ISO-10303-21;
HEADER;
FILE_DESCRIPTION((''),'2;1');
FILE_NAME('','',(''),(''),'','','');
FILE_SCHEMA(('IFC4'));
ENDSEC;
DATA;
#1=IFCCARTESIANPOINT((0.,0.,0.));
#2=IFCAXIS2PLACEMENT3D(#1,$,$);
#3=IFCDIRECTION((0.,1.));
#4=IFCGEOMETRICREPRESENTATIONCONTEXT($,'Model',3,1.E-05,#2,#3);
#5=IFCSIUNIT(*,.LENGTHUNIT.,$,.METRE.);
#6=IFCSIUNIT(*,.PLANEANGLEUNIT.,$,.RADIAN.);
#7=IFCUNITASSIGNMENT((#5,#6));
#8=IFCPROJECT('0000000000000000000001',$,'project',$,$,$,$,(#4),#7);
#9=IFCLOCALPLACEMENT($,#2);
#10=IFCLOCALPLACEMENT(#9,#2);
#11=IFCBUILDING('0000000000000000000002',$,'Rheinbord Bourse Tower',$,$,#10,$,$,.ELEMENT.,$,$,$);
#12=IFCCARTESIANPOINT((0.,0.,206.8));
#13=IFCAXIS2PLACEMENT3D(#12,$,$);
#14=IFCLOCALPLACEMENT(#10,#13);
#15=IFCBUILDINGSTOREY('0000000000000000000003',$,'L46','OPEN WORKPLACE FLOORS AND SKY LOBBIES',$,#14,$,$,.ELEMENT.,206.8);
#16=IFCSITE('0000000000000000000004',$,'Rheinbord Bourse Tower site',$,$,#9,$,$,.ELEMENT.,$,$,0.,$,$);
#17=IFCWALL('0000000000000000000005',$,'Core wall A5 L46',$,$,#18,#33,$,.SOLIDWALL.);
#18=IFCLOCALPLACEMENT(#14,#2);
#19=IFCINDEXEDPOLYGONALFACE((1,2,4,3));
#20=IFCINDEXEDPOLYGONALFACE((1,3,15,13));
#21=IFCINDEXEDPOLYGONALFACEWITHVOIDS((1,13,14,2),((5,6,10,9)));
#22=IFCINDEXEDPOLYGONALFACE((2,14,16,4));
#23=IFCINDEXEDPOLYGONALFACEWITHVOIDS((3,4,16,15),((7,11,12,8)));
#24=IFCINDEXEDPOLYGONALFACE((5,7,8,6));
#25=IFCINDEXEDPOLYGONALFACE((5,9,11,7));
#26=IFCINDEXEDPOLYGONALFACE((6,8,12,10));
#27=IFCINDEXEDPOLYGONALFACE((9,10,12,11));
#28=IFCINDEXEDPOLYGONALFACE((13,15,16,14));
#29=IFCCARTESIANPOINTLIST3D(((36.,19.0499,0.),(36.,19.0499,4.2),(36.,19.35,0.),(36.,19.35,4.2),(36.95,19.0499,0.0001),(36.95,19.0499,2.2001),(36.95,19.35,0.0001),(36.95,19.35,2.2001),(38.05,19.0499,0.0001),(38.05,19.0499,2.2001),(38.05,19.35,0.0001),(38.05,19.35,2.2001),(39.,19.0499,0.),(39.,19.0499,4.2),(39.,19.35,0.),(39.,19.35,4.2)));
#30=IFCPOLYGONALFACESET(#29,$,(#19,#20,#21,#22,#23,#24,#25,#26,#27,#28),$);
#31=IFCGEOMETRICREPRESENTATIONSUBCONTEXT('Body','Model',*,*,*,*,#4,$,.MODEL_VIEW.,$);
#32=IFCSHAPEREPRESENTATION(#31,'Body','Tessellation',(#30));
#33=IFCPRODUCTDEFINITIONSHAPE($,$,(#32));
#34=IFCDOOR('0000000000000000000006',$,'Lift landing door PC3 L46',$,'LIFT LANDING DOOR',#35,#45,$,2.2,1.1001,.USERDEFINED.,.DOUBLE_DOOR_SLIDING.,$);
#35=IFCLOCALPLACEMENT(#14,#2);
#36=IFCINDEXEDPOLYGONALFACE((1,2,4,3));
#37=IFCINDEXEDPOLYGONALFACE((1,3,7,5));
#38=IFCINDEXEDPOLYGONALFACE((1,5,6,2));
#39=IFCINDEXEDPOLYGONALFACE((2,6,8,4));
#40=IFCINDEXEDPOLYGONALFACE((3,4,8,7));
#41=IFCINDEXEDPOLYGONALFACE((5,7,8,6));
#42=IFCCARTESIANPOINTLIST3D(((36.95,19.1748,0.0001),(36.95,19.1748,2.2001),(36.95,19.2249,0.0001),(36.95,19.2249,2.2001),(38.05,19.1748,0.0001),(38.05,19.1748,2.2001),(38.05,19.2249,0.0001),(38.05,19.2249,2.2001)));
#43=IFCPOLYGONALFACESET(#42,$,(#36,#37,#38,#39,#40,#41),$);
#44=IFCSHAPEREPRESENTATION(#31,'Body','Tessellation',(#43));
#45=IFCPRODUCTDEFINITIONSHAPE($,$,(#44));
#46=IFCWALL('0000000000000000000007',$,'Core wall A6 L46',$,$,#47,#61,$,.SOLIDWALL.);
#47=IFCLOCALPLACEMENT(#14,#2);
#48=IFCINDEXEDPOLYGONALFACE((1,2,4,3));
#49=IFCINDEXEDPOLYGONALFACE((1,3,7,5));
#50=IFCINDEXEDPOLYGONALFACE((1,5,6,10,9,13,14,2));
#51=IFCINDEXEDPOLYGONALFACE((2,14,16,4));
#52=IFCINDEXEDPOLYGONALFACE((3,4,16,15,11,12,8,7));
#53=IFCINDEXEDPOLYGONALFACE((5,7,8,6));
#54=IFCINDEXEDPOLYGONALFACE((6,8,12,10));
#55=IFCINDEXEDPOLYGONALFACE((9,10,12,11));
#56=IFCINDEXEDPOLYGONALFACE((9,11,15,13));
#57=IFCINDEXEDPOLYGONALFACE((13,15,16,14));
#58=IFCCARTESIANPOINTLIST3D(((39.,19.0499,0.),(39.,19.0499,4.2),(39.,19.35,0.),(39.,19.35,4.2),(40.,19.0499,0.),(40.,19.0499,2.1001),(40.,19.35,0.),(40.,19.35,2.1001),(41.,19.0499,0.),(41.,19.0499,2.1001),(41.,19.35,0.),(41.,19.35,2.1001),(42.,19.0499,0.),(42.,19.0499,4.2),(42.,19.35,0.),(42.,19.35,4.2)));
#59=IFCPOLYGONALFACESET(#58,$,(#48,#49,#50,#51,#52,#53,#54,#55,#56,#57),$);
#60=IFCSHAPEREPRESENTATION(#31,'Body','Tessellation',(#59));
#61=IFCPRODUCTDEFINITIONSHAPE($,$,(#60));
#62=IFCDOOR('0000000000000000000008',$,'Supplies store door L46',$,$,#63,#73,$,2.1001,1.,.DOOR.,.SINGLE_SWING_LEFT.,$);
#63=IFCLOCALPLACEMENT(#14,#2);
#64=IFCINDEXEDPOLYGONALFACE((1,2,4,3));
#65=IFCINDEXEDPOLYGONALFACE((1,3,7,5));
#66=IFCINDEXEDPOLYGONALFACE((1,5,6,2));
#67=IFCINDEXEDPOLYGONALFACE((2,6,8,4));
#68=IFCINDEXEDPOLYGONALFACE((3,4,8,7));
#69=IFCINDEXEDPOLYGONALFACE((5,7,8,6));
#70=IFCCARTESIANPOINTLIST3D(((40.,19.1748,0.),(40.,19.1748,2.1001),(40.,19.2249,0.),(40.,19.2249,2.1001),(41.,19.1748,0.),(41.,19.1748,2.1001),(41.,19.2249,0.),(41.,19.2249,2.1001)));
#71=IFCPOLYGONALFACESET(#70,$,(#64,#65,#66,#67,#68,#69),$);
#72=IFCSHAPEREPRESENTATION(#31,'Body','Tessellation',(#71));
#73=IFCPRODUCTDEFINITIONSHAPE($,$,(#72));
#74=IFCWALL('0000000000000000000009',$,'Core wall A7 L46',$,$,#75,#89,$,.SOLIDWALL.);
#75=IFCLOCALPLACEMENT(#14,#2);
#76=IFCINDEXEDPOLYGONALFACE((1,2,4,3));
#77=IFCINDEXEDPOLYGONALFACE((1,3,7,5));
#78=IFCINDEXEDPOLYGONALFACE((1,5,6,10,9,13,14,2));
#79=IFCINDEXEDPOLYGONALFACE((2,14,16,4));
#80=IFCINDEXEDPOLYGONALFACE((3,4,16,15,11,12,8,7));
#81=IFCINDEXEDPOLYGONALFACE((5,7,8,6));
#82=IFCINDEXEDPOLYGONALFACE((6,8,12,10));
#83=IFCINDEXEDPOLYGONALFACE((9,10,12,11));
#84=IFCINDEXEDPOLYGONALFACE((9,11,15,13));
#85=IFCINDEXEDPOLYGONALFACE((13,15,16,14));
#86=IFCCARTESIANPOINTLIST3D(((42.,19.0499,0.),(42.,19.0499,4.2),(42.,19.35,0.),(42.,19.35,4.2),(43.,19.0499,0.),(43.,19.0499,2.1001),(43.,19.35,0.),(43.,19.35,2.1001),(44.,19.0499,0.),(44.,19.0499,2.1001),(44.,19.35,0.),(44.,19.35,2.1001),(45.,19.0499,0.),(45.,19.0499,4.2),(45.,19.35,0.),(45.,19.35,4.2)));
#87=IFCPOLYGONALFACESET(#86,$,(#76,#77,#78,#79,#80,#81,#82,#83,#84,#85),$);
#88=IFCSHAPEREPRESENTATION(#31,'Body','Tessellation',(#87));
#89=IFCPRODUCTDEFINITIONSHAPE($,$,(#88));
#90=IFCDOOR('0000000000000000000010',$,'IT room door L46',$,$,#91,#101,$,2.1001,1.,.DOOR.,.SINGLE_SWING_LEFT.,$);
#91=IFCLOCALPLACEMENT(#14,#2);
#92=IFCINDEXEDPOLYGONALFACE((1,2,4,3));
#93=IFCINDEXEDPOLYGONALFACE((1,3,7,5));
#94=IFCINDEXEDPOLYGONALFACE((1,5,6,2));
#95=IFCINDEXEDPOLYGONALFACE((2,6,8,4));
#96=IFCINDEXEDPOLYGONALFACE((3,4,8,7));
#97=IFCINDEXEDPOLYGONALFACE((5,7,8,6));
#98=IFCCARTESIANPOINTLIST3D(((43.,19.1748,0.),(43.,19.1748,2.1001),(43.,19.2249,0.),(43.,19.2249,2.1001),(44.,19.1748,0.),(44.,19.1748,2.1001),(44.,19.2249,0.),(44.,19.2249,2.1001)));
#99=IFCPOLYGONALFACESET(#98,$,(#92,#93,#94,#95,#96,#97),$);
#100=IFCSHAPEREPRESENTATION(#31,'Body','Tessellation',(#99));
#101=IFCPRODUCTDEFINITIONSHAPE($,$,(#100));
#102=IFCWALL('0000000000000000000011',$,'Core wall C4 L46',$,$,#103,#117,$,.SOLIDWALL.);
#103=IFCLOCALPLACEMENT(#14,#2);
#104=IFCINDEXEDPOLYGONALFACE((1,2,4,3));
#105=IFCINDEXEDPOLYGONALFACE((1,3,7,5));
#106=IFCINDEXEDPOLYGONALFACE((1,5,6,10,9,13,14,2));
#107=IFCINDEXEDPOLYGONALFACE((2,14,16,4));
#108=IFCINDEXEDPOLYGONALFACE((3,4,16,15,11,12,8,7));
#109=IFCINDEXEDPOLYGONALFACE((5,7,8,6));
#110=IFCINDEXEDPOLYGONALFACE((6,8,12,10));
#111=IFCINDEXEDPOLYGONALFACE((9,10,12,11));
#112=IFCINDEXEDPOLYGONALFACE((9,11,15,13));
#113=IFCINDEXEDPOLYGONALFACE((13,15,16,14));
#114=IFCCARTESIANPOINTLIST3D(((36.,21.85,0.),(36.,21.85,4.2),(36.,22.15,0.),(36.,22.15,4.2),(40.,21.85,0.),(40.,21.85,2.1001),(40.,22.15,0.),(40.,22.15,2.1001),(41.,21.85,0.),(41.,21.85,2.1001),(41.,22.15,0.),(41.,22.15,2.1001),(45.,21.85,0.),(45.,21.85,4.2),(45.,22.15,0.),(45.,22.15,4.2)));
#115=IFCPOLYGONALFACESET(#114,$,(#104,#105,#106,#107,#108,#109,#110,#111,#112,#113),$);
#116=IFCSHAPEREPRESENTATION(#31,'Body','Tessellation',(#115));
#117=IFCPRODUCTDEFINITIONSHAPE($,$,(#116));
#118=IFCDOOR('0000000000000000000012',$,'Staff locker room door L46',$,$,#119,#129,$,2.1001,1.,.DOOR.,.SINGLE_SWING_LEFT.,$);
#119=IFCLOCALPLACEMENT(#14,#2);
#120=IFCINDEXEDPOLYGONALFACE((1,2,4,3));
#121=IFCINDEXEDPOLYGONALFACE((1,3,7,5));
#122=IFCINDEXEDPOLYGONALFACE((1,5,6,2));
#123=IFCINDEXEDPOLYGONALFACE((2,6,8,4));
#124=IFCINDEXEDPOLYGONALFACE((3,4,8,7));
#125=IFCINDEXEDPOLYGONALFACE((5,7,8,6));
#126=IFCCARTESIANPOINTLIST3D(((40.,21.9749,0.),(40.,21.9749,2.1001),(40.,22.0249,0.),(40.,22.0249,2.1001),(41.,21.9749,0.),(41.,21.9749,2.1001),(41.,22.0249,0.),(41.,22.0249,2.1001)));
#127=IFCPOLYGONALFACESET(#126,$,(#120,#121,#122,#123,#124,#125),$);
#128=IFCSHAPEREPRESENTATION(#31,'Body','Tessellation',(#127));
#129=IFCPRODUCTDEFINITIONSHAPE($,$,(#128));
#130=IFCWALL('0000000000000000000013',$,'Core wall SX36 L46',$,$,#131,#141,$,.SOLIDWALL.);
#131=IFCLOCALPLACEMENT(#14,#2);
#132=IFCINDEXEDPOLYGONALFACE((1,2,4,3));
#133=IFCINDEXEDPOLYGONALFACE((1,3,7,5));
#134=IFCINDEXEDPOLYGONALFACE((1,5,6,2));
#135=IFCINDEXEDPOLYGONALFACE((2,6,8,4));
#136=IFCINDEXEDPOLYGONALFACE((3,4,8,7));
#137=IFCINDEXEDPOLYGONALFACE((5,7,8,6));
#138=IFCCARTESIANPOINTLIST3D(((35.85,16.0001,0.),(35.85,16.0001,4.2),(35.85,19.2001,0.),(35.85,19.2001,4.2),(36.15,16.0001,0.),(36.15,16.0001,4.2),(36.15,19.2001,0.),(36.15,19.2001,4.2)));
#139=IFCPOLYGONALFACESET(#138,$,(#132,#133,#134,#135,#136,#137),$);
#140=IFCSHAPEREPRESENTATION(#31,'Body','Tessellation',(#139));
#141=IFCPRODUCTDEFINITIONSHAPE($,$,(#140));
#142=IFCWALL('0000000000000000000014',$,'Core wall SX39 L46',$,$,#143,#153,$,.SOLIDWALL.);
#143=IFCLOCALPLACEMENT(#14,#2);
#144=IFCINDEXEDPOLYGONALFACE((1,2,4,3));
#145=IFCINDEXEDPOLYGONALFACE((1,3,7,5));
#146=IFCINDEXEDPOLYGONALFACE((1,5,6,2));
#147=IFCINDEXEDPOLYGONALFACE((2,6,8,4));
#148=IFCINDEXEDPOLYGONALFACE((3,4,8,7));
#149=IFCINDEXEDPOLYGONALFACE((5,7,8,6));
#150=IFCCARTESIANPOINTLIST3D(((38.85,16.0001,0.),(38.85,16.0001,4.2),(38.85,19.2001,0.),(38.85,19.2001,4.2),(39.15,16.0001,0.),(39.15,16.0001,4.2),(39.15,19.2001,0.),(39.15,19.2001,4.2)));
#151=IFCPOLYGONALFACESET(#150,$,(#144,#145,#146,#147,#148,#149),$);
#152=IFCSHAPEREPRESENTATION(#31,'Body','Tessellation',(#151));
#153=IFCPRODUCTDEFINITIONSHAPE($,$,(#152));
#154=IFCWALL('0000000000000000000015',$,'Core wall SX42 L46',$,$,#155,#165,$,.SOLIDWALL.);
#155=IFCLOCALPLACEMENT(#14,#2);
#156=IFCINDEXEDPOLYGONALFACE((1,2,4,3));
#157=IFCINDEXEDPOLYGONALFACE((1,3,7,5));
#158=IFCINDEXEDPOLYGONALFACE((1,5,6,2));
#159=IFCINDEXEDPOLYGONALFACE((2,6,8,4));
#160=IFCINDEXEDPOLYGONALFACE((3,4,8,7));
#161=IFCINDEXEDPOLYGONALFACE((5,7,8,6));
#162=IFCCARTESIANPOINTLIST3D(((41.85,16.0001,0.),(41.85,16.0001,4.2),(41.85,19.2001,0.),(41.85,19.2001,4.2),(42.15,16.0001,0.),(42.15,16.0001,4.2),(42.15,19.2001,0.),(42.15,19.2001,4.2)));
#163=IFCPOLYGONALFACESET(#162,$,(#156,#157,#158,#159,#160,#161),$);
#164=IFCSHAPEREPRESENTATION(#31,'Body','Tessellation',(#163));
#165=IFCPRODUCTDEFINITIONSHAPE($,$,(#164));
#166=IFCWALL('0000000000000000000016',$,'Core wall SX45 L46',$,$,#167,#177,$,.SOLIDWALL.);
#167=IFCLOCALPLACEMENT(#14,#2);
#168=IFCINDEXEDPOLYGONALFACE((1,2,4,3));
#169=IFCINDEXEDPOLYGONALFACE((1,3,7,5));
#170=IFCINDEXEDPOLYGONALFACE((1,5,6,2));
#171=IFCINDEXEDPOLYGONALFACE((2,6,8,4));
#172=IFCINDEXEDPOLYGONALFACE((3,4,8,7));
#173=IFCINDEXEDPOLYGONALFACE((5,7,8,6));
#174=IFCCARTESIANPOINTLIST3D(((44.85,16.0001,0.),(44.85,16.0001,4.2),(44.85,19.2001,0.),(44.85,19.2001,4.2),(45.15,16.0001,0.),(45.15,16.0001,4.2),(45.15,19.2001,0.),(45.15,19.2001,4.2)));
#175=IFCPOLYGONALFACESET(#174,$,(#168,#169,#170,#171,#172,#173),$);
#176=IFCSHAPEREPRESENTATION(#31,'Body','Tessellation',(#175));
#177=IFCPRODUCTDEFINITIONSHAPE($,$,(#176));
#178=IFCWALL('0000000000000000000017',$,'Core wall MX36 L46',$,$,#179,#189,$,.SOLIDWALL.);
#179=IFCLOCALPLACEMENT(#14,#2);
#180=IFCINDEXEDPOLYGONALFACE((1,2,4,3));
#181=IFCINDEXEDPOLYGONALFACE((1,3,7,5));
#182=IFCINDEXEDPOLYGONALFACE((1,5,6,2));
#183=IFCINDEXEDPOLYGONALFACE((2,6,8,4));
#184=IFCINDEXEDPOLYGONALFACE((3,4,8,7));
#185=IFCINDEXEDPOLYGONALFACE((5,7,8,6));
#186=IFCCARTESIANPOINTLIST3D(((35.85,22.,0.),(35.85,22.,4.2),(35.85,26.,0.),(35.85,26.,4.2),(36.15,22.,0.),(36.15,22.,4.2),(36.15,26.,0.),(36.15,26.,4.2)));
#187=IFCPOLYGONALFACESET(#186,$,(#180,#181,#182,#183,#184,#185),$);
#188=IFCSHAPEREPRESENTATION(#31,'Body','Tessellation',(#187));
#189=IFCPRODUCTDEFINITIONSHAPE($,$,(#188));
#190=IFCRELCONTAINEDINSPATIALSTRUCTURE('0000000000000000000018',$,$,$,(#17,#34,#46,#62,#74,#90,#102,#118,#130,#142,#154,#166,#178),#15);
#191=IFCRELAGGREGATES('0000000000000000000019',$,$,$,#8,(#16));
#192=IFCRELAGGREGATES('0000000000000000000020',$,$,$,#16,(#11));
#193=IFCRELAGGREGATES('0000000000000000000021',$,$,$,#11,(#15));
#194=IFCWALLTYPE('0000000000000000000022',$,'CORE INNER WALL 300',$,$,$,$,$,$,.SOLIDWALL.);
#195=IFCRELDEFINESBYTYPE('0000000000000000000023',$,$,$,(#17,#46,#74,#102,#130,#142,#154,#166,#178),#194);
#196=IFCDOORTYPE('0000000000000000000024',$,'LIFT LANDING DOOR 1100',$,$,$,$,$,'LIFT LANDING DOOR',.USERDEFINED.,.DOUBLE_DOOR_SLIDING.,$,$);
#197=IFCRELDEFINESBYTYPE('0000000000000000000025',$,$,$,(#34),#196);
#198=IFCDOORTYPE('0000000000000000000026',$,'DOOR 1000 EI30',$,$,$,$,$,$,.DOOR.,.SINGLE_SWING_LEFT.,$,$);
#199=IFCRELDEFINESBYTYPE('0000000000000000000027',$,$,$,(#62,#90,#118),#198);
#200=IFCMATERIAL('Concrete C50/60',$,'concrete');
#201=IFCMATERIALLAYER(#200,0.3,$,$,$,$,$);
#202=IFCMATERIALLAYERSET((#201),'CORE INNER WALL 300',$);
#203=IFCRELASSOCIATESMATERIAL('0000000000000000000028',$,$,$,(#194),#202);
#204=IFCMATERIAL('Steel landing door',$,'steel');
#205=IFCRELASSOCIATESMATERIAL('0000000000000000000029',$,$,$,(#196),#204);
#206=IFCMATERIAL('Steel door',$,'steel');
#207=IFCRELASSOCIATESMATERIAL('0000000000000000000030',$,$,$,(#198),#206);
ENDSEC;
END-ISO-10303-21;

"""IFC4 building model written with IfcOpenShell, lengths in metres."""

from ifc_helpers import new_model, si_unit, direction, frame, frame_2d, origin, place, context, subcontext, project, spatial, rectangle, extrude, material, layer, layer_set, type_object, element, fill, save


model = new_model("IFC4")

# Units and contexts
model_context = context("Model", 3, precision=1e-05, world=origin(), true_north=direction((0.0, 1.0)))
body_context = subcontext(model_context, "Body", "Model", "MODEL_VIEW")
ifc_project = project(units=[si_unit("LENGTHUNIT", "METRE"), si_unit("PLANEANGLEUNIT", "RADIAN")], contexts=[model_context])

# Site, building, storey
site_placement = place(None, origin())
site = spatial("IfcSite", under=ifc_project, at=site_placement, Name="Rheinbord Bourse Tower site", CompositionType="ELEMENT", RefElevation=0.0)
building_placement = place(site_placement, origin())
building = spatial("IfcBuilding", under=site, at=building_placement, Name="Rheinbord Bourse Tower", CompositionType="ELEMENT")
storey_placement = place(building_placement, frame((0.0, 0.0, 206.8)))
storey = spatial("IfcBuildingStorey", under=building, at=storey_placement, Name="L46", Description="OPEN WORKPLACE FLOORS AND SKY LOBBIES", CompositionType="ELEMENT", Elevation=206.8)

# Walls, openings, doors
ifc_material_1 = material(Name="Concrete C50/60", Category="concrete")
ifc_layer_1 = layer(ifc_material_1, 0.3)
ifc_layer_set_1 = layer_set([ifc_layer_1], Name="CORE INNER WALL 300")
wall_type_1 = type_object("IfcWallType", Name="CORE INNER WALL 300", PredefinedType="SOLIDWALL", material=ifc_layer_set_1)
wall_1_placement = place(storey_placement, frame((36.0, 19.2, 0.0), z_axis=(0.0, 0.0, 1.0), x_axis=(1.0, 0.0, 0.0)))
wall_1 = element("IfcWall", 1, at=wall_1_placement, inside=storey, type_object=wall_type_1, Name="Core wall A5 L46", PredefinedType="SOLIDWALL", context=body_context, shape_type="SweptSolid", body=[
    extrude(rectangle(XDim=3.0, YDim=0.3, at=frame_2d((1.5, 0.0))), origin(), (0.0, 0.0, 1.0), 4.2),
])
opening_1_placement = place(wall_1_placement, frame((0.95, 0.0, 0.0)))
opening_1 = element("IfcOpeningElement", 2, at=opening_1_placement, cuts=wall_1, PredefinedType="OPENING", context=body_context, shape_type="SweptSolid", body=[
    extrude(rectangle(XDim=1.1001, YDim=2.2, at=frame_2d((0.55, 1.1001))), frame((0.0, 0.1599, 0.0), z_axis=(0.0, -1.0, 0.0), x_axis=(1.0, 0.0, 0.0)), (0.0, 0.0, 1.0), 0.3201),
])
ifc_material_2 = material(Name="Steel landing door", Category="steel")
door_type_1 = type_object("IfcDoorType", Name="LIFT LANDING DOOR 1100", ElementType="LIFT LANDING DOOR", OperationType="DOUBLE_DOOR_SLIDING", PredefinedType="USERDEFINED", material=ifc_material_2)
door_1_placement = place(opening_1_placement, origin())
door_1 = element("IfcDoor", 3, at=door_1_placement, inside=storey, type_object=door_type_1, Name="Lift landing door PC3 L46", ObjectType="LIFT LANDING DOOR", OperationType="DOUBLE_DOOR_SLIDING", OverallHeight=2.2, OverallWidth=1.1001, PredefinedType="USERDEFINED", context=body_context, shape_type="SweptSolid", body=[
    extrude(rectangle(XDim=1.1001, YDim=2.2, at=frame_2d((0.55, 1.1001))), frame((0.0, 0.0249, 0.0), z_axis=(0.0, -1.0, 0.0), x_axis=(1.0, 0.0, 0.0)), (0.0, 0.0, 1.0), 0.05),
])
fill(opening_1, door_1)
wall_2_placement = place(storey_placement, frame((39.0, 19.2, 0.0), z_axis=(0.0, 0.0, 1.0), x_axis=(1.0, 0.0, 0.0)))
wall_2 = element("IfcWall", 4, at=wall_2_placement, inside=storey, type_object=wall_type_1, Name="Core wall A6 L46", PredefinedType="SOLIDWALL", context=body_context, shape_type="SweptSolid", body=[
    extrude(rectangle(XDim=3.0, YDim=0.3, at=frame_2d((1.5, 0.0))), origin(), (0.0, 0.0, 1.0), 4.2),
])
opening_2_placement = place(wall_2_placement, frame((1.0, 0.0, 0.0)))
opening_2 = element("IfcOpeningElement", 5, at=opening_2_placement, cuts=wall_2, PredefinedType="OPENING", context=body_context, shape_type="SweptSolid", body=[
    extrude(rectangle(XDim=1.0, YDim=2.1001, at=frame_2d((0.5, 1.05))), frame((0.0, 0.1599, 0.0), z_axis=(0.0, -1.0, 0.0), x_axis=(1.0, 0.0, 0.0)), (0.0, 0.0, 1.0), 0.3201),
])
ifc_material_3 = material(Name="Steel door", Category="steel")
door_type_2 = type_object("IfcDoorType", Name="DOOR 1000 EI30", OperationType="SINGLE_SWING_LEFT", PredefinedType="DOOR", material=ifc_material_3)
door_2_placement = place(opening_2_placement, origin())
door_2 = element("IfcDoor", 6, at=door_2_placement, inside=storey, type_object=door_type_2, Name="Supplies store door L46", OperationType="SINGLE_SWING_LEFT", OverallHeight=2.1001, OverallWidth=1.0, PredefinedType="DOOR", context=body_context, shape_type="SweptSolid", body=[
    extrude(rectangle(XDim=1.0, YDim=2.1001, at=frame_2d((0.5, 1.05))), frame((0.0, 0.0249, 0.0), z_axis=(0.0, -1.0, 0.0), x_axis=(1.0, 0.0, 0.0)), (0.0, 0.0, 1.0), 0.05),
])
fill(opening_2, door_2)
wall_3_placement = place(storey_placement, frame((42.0, 19.2, 0.0), z_axis=(0.0, 0.0, 1.0), x_axis=(1.0, 0.0, 0.0)))
wall_3 = element("IfcWall", 7, at=wall_3_placement, inside=storey, type_object=wall_type_1, Name="Core wall A7 L46", PredefinedType="SOLIDWALL", context=body_context, shape_type="SweptSolid", body=[
    extrude(rectangle(XDim=3.0, YDim=0.3, at=frame_2d((1.5, 0.0))), origin(), (0.0, 0.0, 1.0), 4.2),
])
opening_3_placement = place(wall_3_placement, frame((1.0, 0.0, 0.0)))
opening_3 = element("IfcOpeningElement", 8, at=opening_3_placement, cuts=wall_3, PredefinedType="OPENING", context=body_context, shape_type="SweptSolid", body=[
    extrude(rectangle(XDim=1.0, YDim=2.1001, at=frame_2d((0.5, 1.05))), frame((0.0, 0.1599, 0.0), z_axis=(0.0, -1.0, 0.0), x_axis=(1.0, 0.0, 0.0)), (0.0, 0.0, 1.0), 0.3201),
])
door_3_placement = place(opening_3_placement, origin())
door_3 = element("IfcDoor", 9, at=door_3_placement, inside=storey, type_object=door_type_2, Name="IT room door L46", OperationType="SINGLE_SWING_LEFT", OverallHeight=2.1001, OverallWidth=1.0, PredefinedType="DOOR", context=body_context, shape_type="SweptSolid", body=[
    extrude(rectangle(XDim=1.0, YDim=2.1001, at=frame_2d((0.5, 1.05))), frame((0.0, 0.0249, 0.0), z_axis=(0.0, -1.0, 0.0), x_axis=(1.0, 0.0, 0.0)), (0.0, 0.0, 1.0), 0.05),
])
fill(opening_3, door_3)
wall_4_placement = place(storey_placement, frame((36.0, 22.0, 0.0), z_axis=(0.0, 0.0, 1.0), x_axis=(1.0, 0.0, 0.0)))
wall_4 = element("IfcWall", 10, at=wall_4_placement, inside=storey, type_object=wall_type_1, Name="Core wall C4 L46", PredefinedType="SOLIDWALL", context=body_context, shape_type="SweptSolid", body=[
    extrude(rectangle(XDim=9.0, YDim=0.3, at=frame_2d((4.5, 0.0))), origin(), (0.0, 0.0, 1.0), 4.2),
])
opening_4_placement = place(wall_4_placement, frame((4.0, 0.0, 0.0)))
opening_4 = element("IfcOpeningElement", 11, at=opening_4_placement, cuts=wall_4, PredefinedType="OPENING", context=body_context, shape_type="SweptSolid", body=[
    extrude(rectangle(XDim=1.0, YDim=2.1001, at=frame_2d((0.5, 1.05))), frame((0.0, 0.1599, 0.0), z_axis=(0.0, -1.0, 0.0), x_axis=(1.0, 0.0, 0.0)), (0.0, 0.0, 1.0), 0.3201),
])
door_4_placement = place(opening_4_placement, origin())
door_4 = element("IfcDoor", 12, at=door_4_placement, inside=storey, type_object=door_type_2, Name="Staff locker room door L46", OperationType="SINGLE_SWING_LEFT", OverallHeight=2.1001, OverallWidth=1.0, PredefinedType="DOOR", context=body_context, shape_type="SweptSolid", body=[
    extrude(rectangle(XDim=1.0, YDim=2.1001, at=frame_2d((0.5, 1.05))), frame((0.0, 0.0249, 0.0), z_axis=(0.0, -1.0, 0.0), x_axis=(1.0, 0.0, 0.0)), (0.0, 0.0, 1.0), 0.05),
])
fill(opening_4, door_4)

# Walls
for number, where, z_axis, x_axis, name in (
    (13, (36.0, 16.0, 0.0), (0.0, 0.0, 1.0), (0.0, 1.0, 0.0), "Core wall SX36 L46"),
    (14, (39.0, 16.0, 0.0), (0.0, 0.0, 1.0), (0.0, 1.0, 0.0), "Core wall SX39 L46"),
    (15, (42.0, 16.0, 0.0), (0.0, 0.0, 1.0), (0.0, 1.0, 0.0), "Core wall SX42 L46"),
    (16, (45.0, 16.0, 0.0), (0.0, 0.0, 1.0), (0.0, 1.0, 0.0), "Core wall SX45 L46"),
):
    element("IfcWall", number, at=place(storey_placement, frame(where, z_axis=z_axis, x_axis=x_axis)), inside=storey, type_object=wall_type_1, Name=name, PredefinedType="SOLIDWALL", context=body_context, shape_type="SweptSolid", body=[
        extrude(rectangle(XDim=3.2, YDim=0.3, at=frame_2d((1.6001, 0.0))), origin(), (0.0, 0.0, 1.0), 4.2),
    ])
wall_5_placement = place(storey_placement, frame((36.0, 22.0, 0.0), z_axis=(0.0, 0.0, 1.0), x_axis=(0.0, 1.0, 0.0)))
element("IfcWall", 17, at=wall_5_placement, inside=storey, type_object=wall_type_1, Name="Core wall MX36 L46", PredefinedType="SOLIDWALL", context=body_context, shape_type="SweptSolid", body=[
    extrude(rectangle(XDim=4.0, YDim=0.3, at=frame_2d((2.0, 0.0))), origin(), (0.0, 0.0, 1.0), 4.2),
])

save(model, "model.ifc")
